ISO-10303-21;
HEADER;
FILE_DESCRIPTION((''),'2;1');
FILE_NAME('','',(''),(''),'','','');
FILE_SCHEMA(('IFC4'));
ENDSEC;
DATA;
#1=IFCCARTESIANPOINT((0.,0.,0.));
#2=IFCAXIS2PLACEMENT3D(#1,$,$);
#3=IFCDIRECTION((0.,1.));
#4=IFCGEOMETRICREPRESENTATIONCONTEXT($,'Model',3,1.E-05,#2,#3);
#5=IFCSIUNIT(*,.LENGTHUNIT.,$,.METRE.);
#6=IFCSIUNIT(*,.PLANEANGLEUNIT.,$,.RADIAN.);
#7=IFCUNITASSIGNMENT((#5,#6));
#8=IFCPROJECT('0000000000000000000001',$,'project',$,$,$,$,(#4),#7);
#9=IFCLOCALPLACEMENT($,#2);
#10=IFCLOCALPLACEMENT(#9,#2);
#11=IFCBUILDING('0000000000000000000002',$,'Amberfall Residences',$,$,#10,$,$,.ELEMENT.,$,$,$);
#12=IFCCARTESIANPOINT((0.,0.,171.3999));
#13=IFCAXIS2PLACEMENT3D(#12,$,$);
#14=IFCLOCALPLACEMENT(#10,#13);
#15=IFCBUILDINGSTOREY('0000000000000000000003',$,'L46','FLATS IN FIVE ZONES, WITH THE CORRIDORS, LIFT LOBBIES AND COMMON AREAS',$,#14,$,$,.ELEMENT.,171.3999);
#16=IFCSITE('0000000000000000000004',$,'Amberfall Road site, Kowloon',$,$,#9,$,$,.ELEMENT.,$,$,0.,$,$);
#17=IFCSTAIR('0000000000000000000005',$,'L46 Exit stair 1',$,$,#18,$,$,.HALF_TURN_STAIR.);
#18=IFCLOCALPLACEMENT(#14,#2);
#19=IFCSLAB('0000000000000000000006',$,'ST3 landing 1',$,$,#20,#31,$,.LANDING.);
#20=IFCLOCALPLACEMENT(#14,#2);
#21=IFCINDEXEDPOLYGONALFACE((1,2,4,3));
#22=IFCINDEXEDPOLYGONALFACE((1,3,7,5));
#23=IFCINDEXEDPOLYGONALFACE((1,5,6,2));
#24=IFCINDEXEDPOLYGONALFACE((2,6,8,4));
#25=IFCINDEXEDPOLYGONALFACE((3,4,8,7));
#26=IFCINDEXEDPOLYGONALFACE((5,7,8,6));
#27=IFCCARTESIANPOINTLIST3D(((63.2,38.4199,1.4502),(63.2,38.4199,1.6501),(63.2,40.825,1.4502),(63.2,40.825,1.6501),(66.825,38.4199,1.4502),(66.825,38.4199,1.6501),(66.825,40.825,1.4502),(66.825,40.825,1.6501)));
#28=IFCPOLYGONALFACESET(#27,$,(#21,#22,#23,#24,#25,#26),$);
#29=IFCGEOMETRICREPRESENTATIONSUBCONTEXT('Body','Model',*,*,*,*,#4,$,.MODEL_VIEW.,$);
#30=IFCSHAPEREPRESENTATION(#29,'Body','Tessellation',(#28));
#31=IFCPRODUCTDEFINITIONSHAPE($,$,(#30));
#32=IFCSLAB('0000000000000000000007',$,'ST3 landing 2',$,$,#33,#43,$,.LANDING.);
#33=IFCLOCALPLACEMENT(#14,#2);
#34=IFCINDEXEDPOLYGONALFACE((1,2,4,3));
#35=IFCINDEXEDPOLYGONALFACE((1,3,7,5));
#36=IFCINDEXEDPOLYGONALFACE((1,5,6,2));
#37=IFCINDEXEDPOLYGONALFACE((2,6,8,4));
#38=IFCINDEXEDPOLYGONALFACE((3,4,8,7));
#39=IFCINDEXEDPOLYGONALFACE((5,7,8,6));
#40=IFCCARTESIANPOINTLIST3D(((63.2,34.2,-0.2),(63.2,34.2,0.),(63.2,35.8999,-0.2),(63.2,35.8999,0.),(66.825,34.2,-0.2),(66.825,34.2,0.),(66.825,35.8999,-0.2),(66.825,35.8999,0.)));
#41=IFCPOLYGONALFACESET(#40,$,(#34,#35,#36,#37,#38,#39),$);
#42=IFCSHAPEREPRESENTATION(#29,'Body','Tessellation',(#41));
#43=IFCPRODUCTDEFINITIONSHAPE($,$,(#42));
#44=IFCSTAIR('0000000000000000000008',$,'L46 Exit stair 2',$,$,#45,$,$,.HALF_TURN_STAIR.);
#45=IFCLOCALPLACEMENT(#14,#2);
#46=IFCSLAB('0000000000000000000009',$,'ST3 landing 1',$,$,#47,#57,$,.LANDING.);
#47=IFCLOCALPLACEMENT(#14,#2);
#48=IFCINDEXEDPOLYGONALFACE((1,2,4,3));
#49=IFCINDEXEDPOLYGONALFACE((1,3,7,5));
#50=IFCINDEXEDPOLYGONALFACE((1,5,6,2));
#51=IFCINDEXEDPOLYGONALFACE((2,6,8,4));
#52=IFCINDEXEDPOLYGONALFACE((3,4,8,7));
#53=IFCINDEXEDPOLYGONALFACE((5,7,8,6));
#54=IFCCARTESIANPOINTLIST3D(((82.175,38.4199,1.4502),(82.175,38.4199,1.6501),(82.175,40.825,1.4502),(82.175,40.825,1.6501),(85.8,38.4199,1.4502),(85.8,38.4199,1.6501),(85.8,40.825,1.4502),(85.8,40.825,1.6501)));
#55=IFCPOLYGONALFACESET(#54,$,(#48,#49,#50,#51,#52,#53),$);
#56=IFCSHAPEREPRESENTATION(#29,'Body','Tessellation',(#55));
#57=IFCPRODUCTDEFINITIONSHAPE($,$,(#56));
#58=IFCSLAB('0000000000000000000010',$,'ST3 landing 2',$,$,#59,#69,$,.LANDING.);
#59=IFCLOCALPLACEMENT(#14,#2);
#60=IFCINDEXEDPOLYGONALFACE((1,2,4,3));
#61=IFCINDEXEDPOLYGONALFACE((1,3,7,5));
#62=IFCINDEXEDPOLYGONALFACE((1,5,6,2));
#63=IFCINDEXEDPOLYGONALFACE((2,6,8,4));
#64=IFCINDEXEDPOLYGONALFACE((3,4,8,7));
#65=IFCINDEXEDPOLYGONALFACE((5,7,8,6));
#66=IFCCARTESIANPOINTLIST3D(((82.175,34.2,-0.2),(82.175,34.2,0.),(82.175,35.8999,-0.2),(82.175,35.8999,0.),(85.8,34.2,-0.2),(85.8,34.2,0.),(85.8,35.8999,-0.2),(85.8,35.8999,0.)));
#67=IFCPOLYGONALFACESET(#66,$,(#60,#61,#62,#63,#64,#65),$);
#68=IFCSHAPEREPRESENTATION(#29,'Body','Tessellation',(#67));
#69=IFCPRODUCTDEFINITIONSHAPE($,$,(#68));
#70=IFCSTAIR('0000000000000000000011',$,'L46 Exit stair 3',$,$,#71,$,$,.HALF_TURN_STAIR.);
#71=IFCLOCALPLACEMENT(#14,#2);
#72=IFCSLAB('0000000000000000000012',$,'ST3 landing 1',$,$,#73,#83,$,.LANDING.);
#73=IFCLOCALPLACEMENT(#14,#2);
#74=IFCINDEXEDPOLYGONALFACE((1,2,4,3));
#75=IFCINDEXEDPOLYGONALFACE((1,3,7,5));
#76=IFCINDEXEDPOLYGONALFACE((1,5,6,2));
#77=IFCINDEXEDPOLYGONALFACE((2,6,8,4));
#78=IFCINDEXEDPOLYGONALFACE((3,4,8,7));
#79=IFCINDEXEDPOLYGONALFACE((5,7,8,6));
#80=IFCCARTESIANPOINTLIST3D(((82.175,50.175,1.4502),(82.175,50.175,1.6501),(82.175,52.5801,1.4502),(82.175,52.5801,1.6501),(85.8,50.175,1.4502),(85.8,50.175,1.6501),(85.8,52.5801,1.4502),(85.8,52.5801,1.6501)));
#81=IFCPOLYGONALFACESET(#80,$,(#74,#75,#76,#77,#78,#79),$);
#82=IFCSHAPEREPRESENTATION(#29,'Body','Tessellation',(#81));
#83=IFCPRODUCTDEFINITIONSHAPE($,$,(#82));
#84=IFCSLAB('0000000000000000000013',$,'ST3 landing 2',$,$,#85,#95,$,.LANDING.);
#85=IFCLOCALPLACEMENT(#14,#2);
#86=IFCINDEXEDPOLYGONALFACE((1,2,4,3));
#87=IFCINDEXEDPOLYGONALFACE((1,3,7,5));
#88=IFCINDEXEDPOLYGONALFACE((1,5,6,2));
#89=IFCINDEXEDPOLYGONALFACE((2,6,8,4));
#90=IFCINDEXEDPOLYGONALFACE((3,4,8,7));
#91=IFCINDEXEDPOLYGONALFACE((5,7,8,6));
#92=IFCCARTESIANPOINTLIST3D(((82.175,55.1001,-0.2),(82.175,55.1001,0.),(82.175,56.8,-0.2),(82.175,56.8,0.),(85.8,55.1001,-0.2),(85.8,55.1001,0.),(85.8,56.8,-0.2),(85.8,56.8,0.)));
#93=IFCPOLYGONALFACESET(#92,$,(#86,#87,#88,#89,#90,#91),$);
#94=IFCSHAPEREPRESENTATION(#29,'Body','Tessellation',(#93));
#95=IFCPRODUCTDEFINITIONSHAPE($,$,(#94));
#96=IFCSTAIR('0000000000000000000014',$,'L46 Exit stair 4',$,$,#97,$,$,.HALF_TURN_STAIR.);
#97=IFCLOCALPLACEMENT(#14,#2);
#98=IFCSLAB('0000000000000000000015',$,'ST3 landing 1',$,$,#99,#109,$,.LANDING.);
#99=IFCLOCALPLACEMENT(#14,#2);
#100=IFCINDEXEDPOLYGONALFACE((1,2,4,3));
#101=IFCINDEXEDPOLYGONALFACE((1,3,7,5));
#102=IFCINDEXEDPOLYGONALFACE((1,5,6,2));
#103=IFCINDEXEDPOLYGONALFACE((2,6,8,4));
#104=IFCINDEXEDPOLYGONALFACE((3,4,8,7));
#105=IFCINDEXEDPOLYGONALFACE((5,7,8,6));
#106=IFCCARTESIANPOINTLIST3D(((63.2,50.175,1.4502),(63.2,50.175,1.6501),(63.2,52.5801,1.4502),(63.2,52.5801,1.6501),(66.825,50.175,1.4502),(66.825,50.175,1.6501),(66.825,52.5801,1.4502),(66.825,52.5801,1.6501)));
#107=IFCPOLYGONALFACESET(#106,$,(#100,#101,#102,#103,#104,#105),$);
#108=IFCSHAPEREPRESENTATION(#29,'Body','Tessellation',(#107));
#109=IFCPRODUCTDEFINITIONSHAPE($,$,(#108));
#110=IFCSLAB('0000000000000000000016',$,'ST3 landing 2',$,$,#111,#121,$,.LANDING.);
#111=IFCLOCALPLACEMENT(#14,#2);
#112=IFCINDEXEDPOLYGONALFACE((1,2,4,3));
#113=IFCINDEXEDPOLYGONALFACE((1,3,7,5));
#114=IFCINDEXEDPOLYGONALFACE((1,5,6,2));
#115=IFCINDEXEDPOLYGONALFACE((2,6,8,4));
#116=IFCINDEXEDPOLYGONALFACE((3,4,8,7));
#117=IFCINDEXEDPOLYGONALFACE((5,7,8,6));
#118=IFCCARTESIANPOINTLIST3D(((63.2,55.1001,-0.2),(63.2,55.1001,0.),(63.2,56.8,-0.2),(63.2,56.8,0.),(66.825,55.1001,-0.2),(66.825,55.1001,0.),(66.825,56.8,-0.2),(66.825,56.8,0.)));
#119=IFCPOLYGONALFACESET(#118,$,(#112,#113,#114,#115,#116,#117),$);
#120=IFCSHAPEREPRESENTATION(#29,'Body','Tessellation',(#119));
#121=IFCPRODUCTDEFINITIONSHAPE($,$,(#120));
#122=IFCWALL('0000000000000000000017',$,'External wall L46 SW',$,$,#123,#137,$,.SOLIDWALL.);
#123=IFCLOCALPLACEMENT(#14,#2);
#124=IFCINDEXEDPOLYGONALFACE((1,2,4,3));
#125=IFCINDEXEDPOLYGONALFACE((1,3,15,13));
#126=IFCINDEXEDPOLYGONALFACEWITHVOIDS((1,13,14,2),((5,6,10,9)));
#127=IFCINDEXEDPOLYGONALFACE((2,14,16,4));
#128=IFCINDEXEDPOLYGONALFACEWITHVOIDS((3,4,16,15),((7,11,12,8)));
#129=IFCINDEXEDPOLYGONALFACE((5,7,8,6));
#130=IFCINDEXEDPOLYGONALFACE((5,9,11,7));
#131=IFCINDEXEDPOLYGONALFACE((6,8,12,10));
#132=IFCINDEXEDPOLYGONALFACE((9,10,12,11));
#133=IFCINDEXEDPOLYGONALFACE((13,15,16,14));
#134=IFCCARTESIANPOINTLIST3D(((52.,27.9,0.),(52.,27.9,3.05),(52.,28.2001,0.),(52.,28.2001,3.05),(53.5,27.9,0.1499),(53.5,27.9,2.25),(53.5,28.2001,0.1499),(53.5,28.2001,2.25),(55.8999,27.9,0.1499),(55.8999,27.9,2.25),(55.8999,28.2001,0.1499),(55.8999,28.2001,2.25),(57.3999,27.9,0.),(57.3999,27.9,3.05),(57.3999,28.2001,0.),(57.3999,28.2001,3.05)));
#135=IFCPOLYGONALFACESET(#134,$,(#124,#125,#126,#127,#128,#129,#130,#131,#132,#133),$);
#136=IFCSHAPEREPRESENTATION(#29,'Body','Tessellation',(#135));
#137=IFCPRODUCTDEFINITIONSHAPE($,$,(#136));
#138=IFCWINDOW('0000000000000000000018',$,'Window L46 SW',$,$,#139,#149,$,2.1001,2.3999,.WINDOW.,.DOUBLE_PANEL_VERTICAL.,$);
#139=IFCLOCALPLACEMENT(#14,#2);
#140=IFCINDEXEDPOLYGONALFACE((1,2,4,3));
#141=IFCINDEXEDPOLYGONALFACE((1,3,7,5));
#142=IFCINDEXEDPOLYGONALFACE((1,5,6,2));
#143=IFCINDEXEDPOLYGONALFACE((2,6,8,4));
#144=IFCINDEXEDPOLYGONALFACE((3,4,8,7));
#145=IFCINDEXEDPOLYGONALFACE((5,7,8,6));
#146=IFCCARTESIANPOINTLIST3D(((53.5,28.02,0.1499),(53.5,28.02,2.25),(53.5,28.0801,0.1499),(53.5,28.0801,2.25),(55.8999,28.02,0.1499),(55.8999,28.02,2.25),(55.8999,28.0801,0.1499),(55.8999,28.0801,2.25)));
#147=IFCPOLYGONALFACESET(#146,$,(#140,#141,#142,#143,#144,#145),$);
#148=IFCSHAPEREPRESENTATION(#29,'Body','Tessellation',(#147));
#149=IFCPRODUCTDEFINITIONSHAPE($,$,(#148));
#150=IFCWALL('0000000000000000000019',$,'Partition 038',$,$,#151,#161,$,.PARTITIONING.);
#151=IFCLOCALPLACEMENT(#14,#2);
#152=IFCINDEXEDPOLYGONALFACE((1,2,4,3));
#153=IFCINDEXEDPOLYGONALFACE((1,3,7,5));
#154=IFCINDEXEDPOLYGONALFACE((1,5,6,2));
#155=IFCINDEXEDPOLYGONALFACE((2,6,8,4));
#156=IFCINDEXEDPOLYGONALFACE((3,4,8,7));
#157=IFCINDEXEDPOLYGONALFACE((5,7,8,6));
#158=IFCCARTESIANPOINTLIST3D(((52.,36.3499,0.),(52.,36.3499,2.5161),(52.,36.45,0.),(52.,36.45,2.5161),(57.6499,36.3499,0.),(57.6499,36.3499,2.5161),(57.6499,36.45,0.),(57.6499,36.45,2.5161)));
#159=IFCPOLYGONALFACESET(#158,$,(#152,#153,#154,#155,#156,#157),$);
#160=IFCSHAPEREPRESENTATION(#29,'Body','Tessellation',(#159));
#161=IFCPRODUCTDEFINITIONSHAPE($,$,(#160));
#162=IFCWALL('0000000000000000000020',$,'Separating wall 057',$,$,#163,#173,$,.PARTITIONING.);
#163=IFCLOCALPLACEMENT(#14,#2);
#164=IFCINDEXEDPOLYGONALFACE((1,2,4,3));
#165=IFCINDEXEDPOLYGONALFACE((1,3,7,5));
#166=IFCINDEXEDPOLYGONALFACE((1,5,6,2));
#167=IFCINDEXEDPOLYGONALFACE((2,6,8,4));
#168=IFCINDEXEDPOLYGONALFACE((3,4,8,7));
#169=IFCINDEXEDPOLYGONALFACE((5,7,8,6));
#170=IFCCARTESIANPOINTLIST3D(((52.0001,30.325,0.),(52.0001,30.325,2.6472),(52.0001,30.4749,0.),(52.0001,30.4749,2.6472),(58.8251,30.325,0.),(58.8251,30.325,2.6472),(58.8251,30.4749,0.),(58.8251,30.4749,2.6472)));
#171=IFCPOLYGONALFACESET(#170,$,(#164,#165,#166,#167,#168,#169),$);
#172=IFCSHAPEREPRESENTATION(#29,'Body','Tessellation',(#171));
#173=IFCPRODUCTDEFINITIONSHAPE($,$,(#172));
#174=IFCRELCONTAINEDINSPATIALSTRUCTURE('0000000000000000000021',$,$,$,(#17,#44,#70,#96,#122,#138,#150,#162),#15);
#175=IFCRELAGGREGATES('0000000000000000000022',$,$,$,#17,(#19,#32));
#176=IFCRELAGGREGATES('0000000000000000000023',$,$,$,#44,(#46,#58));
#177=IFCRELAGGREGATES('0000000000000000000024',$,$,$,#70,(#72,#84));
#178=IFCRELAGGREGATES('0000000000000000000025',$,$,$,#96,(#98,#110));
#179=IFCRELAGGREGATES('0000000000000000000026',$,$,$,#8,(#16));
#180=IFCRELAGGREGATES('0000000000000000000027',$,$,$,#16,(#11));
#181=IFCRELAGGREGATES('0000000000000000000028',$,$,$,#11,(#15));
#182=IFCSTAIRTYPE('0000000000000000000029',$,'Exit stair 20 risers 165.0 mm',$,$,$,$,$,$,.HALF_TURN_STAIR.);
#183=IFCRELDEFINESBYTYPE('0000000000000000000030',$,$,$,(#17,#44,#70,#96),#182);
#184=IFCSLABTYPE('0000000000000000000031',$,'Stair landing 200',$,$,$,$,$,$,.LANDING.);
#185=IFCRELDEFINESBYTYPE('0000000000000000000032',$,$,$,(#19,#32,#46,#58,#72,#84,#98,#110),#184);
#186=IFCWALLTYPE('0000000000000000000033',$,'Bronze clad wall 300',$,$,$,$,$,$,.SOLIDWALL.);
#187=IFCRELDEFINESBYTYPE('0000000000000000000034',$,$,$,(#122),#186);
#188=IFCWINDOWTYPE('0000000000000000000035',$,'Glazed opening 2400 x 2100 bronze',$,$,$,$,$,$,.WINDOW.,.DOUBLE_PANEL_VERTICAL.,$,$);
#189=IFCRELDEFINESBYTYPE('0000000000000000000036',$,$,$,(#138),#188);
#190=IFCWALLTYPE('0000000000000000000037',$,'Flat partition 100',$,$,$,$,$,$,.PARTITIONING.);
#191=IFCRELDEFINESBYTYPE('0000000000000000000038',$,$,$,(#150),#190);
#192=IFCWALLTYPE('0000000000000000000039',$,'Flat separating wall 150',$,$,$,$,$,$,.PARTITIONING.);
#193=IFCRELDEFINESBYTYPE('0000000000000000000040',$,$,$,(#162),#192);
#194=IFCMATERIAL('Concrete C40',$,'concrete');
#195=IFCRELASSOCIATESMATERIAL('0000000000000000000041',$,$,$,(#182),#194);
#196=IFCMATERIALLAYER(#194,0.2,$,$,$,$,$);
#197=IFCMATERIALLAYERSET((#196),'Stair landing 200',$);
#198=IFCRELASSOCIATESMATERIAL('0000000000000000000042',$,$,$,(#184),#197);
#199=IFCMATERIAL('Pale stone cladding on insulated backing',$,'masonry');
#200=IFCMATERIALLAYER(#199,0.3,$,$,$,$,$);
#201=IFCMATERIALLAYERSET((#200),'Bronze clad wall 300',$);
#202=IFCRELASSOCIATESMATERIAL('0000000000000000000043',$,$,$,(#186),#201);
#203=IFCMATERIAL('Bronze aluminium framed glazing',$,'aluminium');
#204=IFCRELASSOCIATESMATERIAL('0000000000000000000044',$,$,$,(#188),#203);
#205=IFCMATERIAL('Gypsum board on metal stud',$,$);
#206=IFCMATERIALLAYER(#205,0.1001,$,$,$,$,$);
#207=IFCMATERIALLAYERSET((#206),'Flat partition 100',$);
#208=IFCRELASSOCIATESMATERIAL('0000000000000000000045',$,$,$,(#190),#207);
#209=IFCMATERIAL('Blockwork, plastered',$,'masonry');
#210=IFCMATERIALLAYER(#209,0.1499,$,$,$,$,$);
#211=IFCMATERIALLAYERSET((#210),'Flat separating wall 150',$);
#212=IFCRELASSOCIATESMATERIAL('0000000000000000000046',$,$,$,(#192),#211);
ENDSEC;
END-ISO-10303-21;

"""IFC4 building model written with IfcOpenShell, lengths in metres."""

from ifc_helpers import new_model, si_unit, direction, frame, frame_2d, origin, place, context, subcontext, project, spatial, polyline, rectangle, outline, extrude, material, layer, layer_set, type_object, element, fill, aggregate, save


model = new_model("IFC4")

# Units and contexts
model_context = context("Model", 3, precision=1e-05, world=origin(), true_north=direction((0.0, 1.0)))
body_context = subcontext(model_context, "Body", "Model", "MODEL_VIEW")
ifc_project = project(units=[si_unit("LENGTHUNIT", "METRE"), si_unit("PLANEANGLEUNIT", "RADIAN")], contexts=[model_context])

# Site, building, storey
site_placement = place(None, origin())
site = spatial("IfcSite", under=ifc_project, at=site_placement, Name="Amberfall Road site, Kowloon", CompositionType="ELEMENT", RefElevation=0.0)
building_placement = place(site_placement, origin())
building = spatial("IfcBuilding", under=site, at=building_placement, Name="Amberfall Residences", CompositionType="ELEMENT")
storey_placement = place(building_placement, frame((0.0, 0.0, 171.3999)))
storey = spatial("IfcBuildingStorey", under=building, at=storey_placement, Name="L46", Description="FLATS IN FIVE ZONES, WITH THE CORRIDORS, LIFT LOBBIES AND COMMON AREAS", CompositionType="ELEMENT", Elevation=171.3999)

# Stairs, slabs
ifc_material_1 = material(Name="Concrete C40", Category="concrete")
stair_type = type_object("IfcStairType", Name="Exit stair 20 risers 165.0 mm", PredefinedType="HALF_TURN_STAIR", material=ifc_material_1)
stair_1_placement = place(storey_placement, origin())
stair_1 = element("IfcStair", 1, at=stair_1_placement, inside=storey, type_object=stair_type, Name="L46 Exit stair 1", PredefinedType="HALF_TURN_STAIR")
ifc_layer_1 = layer(ifc_material_1, 0.2)
ifc_layer_set_1 = layer_set([ifc_layer_1], Name="Stair landing 200")
slab_type_1 = type_object("IfcSlabType", Name="Stair landing 200", PredefinedType="LANDING", material=ifc_layer_set_1)
slab_1_placement = place(storey_placement, frame((0.0, 0.0, 1.4502)))
slab_1 = element("IfcSlab", 2, at=slab_1_placement, type_object=slab_type_1, Name="ST3 landing 1", PredefinedType="LANDING", context=body_context, shape_type="SweptSolid", body=[
    extrude(outline(polyline([(66.825, 38.4199), (66.825, 40.825), (63.2, 40.825), (63.2, 38.4199), (66.825, 38.4199)])), origin(), (0.0, 0.0, 1.0), 0.2),
])
slab_2_placement = place(storey_placement, frame((0.0, 0.0, -0.2)))
slab_2 = element("IfcSlab", 3, at=slab_2_placement, type_object=slab_type_1, Name="ST3 landing 2", PredefinedType="LANDING", context=body_context, shape_type="SweptSolid", body=[
    extrude(outline(polyline([(66.825, 34.2), (66.825, 35.8999), (63.2, 35.8999), (63.2, 34.2), (66.825, 34.2)])), origin(), (0.0, 0.0, 1.0), 0.2),
])
aggregate(stair_1, [slab_1, slab_2])
stair_2_placement = place(storey_placement, origin())
stair_2 = element("IfcStair", 4, at=stair_2_placement, inside=storey, type_object=stair_type, Name="L46 Exit stair 2", PredefinedType="HALF_TURN_STAIR")
slab_3_placement = place(storey_placement, frame((0.0, 0.0, 1.4502)))
slab_3 = element("IfcSlab", 5, at=slab_3_placement, type_object=slab_type_1, Name="ST3 landing 1", PredefinedType="LANDING", context=body_context, shape_type="SweptSolid", body=[
    extrude(outline(polyline([(85.8, 38.4199), (85.8, 40.825), (82.175, 40.825), (82.175, 38.4199), (85.8, 38.4199)])), origin(), (0.0, 0.0, 1.0), 0.2),
])
slab_4_placement = place(storey_placement, frame((0.0, 0.0, -0.2)))
slab_4 = element("IfcSlab", 6, at=slab_4_placement, type_object=slab_type_1, Name="ST3 landing 2", PredefinedType="LANDING", context=body_context, shape_type="SweptSolid", body=[
    extrude(outline(polyline([(85.8, 34.2), (85.8, 35.8999), (82.175, 35.8999), (82.175, 34.2), (85.8, 34.2)])), origin(), (0.0, 0.0, 1.0), 0.2),
])
aggregate(stair_2, [slab_3, slab_4])
stair_3_placement = place(storey_placement, origin())
stair_3 = element("IfcStair", 7, at=stair_3_placement, inside=storey, type_object=stair_type, Name="L46 Exit stair 3", PredefinedType="HALF_TURN_STAIR")
slab_5_placement = place(storey_placement, frame((0.0, 0.0, 1.4502)))
slab_5 = element("IfcSlab", 8, at=slab_5_placement, type_object=slab_type_1, Name="ST3 landing 1", PredefinedType="LANDING", context=body_context, shape_type="SweptSolid", body=[
    extrude(outline(polyline([(82.175, 52.5801), (82.175, 50.175), (85.8, 50.175), (85.8, 52.5801), (82.175, 52.5801)])), origin(), (0.0, 0.0, 1.0), 0.2),
])
slab_6_placement = place(storey_placement, frame((0.0, 0.0, -0.2)))
slab_6 = element("IfcSlab", 9, at=slab_6_placement, type_object=slab_type_1, Name="ST3 landing 2", PredefinedType="LANDING", context=body_context, shape_type="SweptSolid", body=[
    extrude(outline(polyline([(82.175, 56.8), (82.175, 55.1001), (85.8, 55.1001), (85.8, 56.8), (82.175, 56.8)])), origin(), (0.0, 0.0, 1.0), 0.2),
])
aggregate(stair_3, [slab_5, slab_6])
stair_4_placement = place(storey_placement, origin())
stair_4 = element("IfcStair", 10, at=stair_4_placement, inside=storey, type_object=stair_type, Name="L46 Exit stair 4", PredefinedType="HALF_TURN_STAIR")
slab_7_placement = place(storey_placement, frame((0.0, 0.0, 1.4502)))
slab_7 = element("IfcSlab", 11, at=slab_7_placement, type_object=slab_type_1, Name="ST3 landing 1", PredefinedType="LANDING", context=body_context, shape_type="SweptSolid", body=[
    extrude(outline(polyline([(63.2, 52.5801), (63.2, 50.175), (66.825, 50.175), (66.825, 52.5801), (63.2, 52.5801)])), origin(), (0.0, 0.0, 1.0), 0.2),
])
slab_8_placement = place(storey_placement, frame((0.0, 0.0, -0.2)))
slab_8 = element("IfcSlab", 12, at=slab_8_placement, type_object=slab_type_1, Name="ST3 landing 2", PredefinedType="LANDING", context=body_context, shape_type="SweptSolid", body=[
    extrude(outline(polyline([(63.2, 56.8), (63.2, 55.1001), (66.825, 55.1001), (66.825, 56.8), (63.2, 56.8)])), origin(), (0.0, 0.0, 1.0), 0.2),
])
aggregate(stair_4, [slab_7, slab_8])

# Wall, opening, window
ifc_material_2 = material(Name="Pale stone cladding on insulated backing", Category="masonry")
ifc_layer_2 = layer(ifc_material_2, 0.3)
ifc_layer_set_2 = layer_set([ifc_layer_2], Name="Bronze clad wall 300")
wall_type_1 = type_object("IfcWallType", Name="Bronze clad wall 300", PredefinedType="SOLIDWALL", material=ifc_layer_set_2)
wall_1_placement = place(storey_placement, frame((52.0, 28.05, 0.0), z_axis=(0.0, 0.0, 1.0), x_axis=(1.0, 0.0, 0.0)))
wall_1 = element("IfcWall", 13, at=wall_1_placement, inside=storey, type_object=wall_type_1, Name="External wall L46 SW", PredefinedType="SOLIDWALL", context=body_context, shape_type="SweptSolid", body=[
    extrude(rectangle(XDim=5.3999, YDim=0.3, at=frame_2d((2.7, 0.0))), origin(), (0.0, 0.0, 1.0), 3.05),
])
opening_placement = place(wall_1_placement, frame((1.5, 0.0, 0.1499)))
opening = element("IfcOpeningElement", 14, at=opening_placement, cuts=wall_1, PredefinedType="OPENING", context=body_context, shape_type="SweptSolid", body=[
    extrude(rectangle(XDim=2.3999, YDim=2.1001, at=frame_2d((1.2, 1.05))), frame((0.0, 0.1599, 0.0), z_axis=(0.0, -1.0, 0.0), x_axis=(1.0, 0.0, 0.0)), (0.0, 0.0, 1.0), 0.3201),
])
ifc_material_3 = material(Name="Bronze aluminium framed glazing", Category="aluminium")
window_type = type_object("IfcWindowType", Name="Glazed opening 2400 x 2100 bronze", PartitioningType="DOUBLE_PANEL_VERTICAL", PredefinedType="WINDOW", material=ifc_material_3)
window_placement = place(opening_placement, origin())
window = element("IfcWindow", 15, at=window_placement, inside=storey, type_object=window_type, Name="Window L46 SW", OverallHeight=2.1001, OverallWidth=2.3999, PartitioningType="DOUBLE_PANEL_VERTICAL", PredefinedType="WINDOW", context=body_context, shape_type="SweptSolid", body=[
    extrude(rectangle(XDim=2.3999, YDim=2.1001, at=frame_2d((1.2, 1.05))), frame((0.0, 0.03, 0.0), z_axis=(0.0, -1.0, 0.0), x_axis=(1.0, 0.0, 0.0)), (0.0, 0.0, 1.0), 0.0601),
])
fill(opening, window)

# Walls
ifc_material_4 = material(Name="Gypsum board on metal stud")
ifc_layer_3 = layer(ifc_material_4, 0.1001)
ifc_layer_set_3 = layer_set([ifc_layer_3], Name="Flat partition 100")
wall_type_2 = type_object("IfcWallType", Name="Flat partition 100", PredefinedType="PARTITIONING", material=ifc_layer_set_3)
wall_2_placement = place(storey_placement, frame((52.0, 36.3999, 0.0), z_axis=(0.0, 0.0, 1.0), x_axis=(1.0, 0.0, 0.0)))
element("IfcWall", 16, at=wall_2_placement, inside=storey, type_object=wall_type_2, Name="Partition 038", PredefinedType="PARTITIONING", context=body_context, shape_type="SweptSolid", body=[
    extrude(rectangle(XDim=5.6499, YDim=0.1001, at=frame_2d((2.825, 0.0))), origin(), (0.0, 0.0, 1.0), 2.5161),
])
ifc_material_5 = material(Name="Blockwork, plastered", Category="masonry")
ifc_layer_4 = layer(ifc_material_5, 0.1499)
ifc_layer_set_4 = layer_set([ifc_layer_4], Name="Flat separating wall 150")
wall_type_3 = type_object("IfcWallType", Name="Flat separating wall 150", PredefinedType="PARTITIONING", material=ifc_layer_set_4)
wall_3_placement = place(storey_placement, frame((52.0, 30.3999, 0.0), z_axis=(0.0, 0.0, 1.0), x_axis=(1.0, 0.0, 0.0)))
element("IfcWall", 17, at=wall_3_placement, inside=storey, type_object=wall_type_3, Name="Separating wall 057", PredefinedType="PARTITIONING", context=body_context, shape_type="SweptSolid", body=[
    extrude(rectangle(XDim=6.825, YDim=0.1499, at=frame_2d((3.4126, 0.0))), origin(), (0.0, 0.0, 1.0), 2.6472),
])

save(model, "model.ifc")
